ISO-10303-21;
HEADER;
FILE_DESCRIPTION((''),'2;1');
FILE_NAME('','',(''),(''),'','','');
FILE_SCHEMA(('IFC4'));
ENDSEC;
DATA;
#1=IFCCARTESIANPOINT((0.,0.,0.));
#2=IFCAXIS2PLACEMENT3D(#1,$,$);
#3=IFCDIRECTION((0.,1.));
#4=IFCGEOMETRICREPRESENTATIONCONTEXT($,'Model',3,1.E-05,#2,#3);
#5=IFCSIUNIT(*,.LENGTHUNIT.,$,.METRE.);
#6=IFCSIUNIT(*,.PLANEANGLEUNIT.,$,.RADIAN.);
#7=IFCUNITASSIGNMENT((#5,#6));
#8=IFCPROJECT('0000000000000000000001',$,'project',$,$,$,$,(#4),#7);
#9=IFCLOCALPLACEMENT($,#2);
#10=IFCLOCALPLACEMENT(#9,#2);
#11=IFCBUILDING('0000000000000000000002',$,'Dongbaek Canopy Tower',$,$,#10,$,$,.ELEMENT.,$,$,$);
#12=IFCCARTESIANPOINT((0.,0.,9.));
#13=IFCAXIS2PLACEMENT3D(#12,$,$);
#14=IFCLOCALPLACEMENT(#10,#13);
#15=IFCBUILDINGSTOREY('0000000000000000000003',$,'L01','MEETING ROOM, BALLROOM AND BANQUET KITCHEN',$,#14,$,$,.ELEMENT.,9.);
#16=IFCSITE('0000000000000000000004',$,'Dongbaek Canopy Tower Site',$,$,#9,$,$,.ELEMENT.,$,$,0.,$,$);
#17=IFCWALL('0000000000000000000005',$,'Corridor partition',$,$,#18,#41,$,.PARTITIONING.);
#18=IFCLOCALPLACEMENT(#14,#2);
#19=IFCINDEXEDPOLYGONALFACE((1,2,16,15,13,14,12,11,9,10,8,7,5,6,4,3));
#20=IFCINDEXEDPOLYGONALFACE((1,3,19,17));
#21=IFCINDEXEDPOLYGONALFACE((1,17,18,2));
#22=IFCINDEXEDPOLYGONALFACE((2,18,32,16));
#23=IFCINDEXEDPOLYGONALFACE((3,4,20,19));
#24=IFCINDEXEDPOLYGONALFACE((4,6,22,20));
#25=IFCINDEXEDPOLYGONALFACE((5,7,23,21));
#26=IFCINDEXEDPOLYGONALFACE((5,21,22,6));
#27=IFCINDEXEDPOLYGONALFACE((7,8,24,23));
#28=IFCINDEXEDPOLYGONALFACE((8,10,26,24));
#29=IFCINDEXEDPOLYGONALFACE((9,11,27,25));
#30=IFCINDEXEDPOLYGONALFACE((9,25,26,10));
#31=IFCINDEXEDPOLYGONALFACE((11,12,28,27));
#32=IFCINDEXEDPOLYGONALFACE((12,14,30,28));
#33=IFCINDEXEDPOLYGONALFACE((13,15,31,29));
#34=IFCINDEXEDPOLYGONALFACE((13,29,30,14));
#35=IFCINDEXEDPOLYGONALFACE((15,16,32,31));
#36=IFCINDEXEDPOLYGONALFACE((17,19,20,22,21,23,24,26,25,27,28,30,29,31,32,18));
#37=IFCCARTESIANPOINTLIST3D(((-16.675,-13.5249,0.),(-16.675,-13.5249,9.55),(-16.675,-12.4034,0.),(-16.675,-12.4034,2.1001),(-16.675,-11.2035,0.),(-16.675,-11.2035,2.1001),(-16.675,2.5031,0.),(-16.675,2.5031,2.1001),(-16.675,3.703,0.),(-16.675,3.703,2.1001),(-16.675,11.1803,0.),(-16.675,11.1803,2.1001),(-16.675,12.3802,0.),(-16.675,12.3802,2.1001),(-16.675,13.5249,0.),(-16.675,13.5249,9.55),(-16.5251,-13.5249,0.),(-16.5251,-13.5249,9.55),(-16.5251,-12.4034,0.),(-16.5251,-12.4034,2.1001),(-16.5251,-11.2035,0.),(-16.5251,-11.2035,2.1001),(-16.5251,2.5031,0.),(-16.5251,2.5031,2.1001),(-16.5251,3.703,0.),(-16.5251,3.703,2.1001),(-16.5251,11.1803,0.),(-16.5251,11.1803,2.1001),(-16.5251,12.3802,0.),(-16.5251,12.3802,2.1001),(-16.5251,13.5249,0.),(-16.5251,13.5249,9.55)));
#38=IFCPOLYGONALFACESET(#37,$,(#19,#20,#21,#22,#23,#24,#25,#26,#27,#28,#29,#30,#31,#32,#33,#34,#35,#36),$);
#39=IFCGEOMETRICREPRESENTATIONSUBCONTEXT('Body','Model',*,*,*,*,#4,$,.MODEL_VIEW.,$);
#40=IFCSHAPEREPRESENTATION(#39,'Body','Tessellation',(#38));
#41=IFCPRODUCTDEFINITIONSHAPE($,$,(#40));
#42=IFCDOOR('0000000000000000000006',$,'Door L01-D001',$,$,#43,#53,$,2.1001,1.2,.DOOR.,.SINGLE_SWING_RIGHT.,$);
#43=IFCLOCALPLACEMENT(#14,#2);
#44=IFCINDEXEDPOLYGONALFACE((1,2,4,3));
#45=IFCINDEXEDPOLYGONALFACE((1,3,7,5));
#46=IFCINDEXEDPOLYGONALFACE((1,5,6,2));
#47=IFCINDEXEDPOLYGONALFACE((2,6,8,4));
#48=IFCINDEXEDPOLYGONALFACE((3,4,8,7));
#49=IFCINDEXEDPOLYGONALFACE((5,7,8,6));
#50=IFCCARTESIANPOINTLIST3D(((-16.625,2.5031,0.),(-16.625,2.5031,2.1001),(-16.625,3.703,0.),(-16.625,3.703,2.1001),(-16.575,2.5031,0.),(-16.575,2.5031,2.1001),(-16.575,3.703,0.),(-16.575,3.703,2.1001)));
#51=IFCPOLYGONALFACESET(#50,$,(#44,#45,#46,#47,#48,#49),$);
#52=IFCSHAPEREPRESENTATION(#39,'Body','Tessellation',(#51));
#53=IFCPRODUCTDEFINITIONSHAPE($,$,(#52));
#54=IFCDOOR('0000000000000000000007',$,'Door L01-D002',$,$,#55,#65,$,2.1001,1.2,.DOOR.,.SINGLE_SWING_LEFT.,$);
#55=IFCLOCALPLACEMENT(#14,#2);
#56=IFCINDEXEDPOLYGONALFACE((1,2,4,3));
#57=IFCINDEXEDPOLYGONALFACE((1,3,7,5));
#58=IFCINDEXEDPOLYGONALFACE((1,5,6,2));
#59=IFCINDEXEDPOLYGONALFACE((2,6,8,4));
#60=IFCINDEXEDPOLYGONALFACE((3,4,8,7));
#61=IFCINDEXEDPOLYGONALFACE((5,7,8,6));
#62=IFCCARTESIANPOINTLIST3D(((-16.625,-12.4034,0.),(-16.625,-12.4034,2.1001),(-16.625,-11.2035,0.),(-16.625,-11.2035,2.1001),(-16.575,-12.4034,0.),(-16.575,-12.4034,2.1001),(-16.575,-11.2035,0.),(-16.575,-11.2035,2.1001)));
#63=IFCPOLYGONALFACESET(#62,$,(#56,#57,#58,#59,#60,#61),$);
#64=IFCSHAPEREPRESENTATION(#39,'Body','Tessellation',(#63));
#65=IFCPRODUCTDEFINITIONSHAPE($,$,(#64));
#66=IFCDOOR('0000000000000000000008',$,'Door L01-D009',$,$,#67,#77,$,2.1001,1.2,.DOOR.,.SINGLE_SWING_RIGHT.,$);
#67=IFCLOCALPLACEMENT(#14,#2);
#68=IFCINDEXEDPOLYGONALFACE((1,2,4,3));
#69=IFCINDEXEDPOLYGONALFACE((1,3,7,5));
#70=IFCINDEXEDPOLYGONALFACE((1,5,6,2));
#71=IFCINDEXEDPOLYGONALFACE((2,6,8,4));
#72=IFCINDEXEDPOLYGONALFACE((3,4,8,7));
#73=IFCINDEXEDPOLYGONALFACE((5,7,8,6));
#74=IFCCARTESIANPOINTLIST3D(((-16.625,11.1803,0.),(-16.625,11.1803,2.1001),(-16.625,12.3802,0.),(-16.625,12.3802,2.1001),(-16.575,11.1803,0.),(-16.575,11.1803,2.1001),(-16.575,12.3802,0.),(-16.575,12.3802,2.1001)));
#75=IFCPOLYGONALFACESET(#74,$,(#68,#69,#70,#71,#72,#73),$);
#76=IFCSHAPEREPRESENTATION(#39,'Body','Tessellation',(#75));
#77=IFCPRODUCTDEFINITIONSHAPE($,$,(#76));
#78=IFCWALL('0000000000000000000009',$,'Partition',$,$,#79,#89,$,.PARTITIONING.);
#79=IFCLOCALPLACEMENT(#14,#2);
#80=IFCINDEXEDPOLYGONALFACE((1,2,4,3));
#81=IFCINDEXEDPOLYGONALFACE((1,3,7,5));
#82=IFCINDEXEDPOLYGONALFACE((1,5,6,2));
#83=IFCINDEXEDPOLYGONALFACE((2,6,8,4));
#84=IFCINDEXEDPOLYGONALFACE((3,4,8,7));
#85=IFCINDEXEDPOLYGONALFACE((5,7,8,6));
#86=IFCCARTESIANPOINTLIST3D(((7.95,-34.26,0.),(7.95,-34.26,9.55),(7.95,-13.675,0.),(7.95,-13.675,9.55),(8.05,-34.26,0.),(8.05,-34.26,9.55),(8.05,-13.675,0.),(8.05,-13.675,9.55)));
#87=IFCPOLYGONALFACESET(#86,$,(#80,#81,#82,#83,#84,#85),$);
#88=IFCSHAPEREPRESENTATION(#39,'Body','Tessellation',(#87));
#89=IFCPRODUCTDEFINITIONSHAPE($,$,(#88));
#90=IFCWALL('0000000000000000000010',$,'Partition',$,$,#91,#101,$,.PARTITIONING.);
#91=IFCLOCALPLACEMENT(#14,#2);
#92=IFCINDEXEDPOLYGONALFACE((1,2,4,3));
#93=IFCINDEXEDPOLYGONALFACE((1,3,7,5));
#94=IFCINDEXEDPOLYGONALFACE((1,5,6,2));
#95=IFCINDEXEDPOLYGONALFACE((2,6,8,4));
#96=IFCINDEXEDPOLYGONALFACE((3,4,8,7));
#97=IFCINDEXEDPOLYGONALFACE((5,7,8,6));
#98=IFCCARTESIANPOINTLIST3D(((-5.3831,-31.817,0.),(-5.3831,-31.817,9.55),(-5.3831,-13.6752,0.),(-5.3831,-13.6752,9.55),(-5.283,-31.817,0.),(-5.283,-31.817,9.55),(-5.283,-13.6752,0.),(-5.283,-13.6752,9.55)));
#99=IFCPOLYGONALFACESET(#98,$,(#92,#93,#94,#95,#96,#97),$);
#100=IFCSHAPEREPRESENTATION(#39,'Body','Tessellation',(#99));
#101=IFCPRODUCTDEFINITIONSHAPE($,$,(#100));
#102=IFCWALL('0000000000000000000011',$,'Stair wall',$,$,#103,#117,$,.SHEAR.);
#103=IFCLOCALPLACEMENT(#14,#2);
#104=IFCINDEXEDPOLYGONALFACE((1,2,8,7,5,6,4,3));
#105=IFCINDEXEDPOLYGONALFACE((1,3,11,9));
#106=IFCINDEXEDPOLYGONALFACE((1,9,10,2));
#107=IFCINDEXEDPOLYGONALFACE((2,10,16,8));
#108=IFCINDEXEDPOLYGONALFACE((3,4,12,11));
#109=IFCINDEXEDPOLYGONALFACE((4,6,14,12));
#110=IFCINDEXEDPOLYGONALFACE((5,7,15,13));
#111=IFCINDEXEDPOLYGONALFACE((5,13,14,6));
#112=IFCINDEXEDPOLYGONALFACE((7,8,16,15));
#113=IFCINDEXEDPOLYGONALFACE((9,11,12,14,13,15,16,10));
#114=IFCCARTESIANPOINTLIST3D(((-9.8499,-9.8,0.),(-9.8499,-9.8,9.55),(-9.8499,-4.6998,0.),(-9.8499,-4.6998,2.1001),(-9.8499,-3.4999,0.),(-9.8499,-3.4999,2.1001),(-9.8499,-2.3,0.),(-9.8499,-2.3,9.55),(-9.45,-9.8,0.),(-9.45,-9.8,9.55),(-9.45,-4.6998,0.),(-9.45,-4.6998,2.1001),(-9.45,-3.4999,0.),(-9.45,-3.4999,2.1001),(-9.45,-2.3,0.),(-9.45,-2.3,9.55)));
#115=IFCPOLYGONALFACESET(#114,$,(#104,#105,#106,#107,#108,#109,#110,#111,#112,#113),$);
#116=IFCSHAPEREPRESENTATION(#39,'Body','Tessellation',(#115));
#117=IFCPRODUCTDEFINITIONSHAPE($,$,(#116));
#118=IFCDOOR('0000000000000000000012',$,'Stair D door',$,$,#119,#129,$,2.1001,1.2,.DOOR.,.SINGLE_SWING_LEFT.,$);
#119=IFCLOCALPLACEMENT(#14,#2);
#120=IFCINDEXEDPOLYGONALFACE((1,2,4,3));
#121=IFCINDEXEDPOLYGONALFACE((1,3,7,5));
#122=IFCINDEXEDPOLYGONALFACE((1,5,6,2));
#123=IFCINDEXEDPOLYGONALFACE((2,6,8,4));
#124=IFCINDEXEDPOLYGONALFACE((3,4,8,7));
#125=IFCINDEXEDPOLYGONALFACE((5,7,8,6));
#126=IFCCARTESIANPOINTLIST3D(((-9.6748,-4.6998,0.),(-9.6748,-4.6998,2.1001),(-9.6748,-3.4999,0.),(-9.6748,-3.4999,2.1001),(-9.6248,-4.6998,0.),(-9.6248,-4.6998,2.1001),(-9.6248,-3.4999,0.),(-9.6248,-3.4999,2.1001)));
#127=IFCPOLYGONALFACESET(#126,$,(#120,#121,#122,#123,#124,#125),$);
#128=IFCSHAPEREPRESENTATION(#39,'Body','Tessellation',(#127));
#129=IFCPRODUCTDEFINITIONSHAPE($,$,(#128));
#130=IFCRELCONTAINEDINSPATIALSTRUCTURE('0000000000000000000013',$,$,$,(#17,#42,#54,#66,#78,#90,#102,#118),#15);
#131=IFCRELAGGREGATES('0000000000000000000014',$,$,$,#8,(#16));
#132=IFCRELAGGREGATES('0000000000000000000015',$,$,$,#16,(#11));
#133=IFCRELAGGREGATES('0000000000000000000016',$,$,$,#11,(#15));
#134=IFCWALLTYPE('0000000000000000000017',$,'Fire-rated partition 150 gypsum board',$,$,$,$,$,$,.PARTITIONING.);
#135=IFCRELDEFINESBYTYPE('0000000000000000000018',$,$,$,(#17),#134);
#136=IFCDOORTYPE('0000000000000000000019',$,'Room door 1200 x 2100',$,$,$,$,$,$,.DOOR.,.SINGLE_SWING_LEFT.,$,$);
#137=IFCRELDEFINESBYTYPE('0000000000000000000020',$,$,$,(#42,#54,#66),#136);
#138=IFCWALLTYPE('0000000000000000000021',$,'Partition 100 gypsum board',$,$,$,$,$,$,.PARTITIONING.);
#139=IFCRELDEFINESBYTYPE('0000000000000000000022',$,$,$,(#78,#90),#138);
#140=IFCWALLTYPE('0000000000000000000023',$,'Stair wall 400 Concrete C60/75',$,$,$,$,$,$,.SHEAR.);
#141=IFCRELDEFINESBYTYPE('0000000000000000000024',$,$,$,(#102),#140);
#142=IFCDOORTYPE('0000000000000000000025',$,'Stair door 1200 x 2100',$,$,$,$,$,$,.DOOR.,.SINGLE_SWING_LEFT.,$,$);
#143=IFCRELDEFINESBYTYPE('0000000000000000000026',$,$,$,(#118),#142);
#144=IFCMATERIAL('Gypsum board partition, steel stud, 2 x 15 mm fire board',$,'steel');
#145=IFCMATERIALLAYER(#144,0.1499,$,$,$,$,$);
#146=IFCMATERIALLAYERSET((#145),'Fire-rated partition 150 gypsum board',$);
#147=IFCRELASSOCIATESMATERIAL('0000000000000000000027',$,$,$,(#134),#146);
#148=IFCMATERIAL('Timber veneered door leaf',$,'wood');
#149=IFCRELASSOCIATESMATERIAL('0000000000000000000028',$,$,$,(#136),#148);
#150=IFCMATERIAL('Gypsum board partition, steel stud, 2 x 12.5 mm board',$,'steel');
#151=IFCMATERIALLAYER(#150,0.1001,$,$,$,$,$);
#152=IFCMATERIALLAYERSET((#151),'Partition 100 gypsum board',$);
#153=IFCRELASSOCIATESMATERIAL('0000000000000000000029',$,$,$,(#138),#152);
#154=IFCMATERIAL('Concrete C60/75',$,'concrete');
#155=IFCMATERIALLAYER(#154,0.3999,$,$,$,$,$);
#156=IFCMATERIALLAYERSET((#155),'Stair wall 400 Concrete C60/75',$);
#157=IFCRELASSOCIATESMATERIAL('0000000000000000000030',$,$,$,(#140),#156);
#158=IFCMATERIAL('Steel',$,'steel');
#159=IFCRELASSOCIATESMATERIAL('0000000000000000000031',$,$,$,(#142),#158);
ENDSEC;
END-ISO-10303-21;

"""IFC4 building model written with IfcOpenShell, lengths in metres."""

from ifc_helpers import new_model, si_unit, direction, frame, frame_2d, origin, place, context, subcontext, project, spatial, rectangle, extrude, material, layer, layer_set, type_object, element, fill, save


model = new_model("IFC4")

# Units and contexts
model_context = context("Model", 3, precision=1e-05, world=origin(), true_north=direction((0.0, 1.0)))
body_context = subcontext(model_context, "Body", "Model", "MODEL_VIEW")
ifc_project = project(units=[si_unit("LENGTHUNIT", "METRE"), si_unit("PLANEANGLEUNIT", "RADIAN")], contexts=[model_context])

# Site, building, storey
site_placement = place(None, origin())
site = spatial("IfcSite", under=ifc_project, at=site_placement, Name="Dongbaek Canopy Tower Site", CompositionType="ELEMENT", RefElevation=0.0)
building_placement = place(site_placement, origin())
building = spatial("IfcBuilding", under=site, at=building_placement, Name="Dongbaek Canopy Tower", CompositionType="ELEMENT")
storey_placement = place(building_placement, frame((0.0, 0.0, 9.0)))
storey = spatial("IfcBuildingStorey", under=building, at=storey_placement, Name="L01", Description="MEETING ROOM, BALLROOM AND BANQUET KITCHEN", CompositionType="ELEMENT", Elevation=9.0)

# Wall, openings, doors
ifc_material_1 = material(Name="Gypsum board partition, steel stud, 2 x 15 mm fire board", Category="steel")
ifc_layer_1 = layer(ifc_material_1, 0.1499)
ifc_layer_set_1 = layer_set([ifc_layer_1], Name="Fire-rated partition 150 gypsum board")
wall_type_1 = type_object("IfcWallType", Name="Fire-rated partition 150 gypsum board", PredefinedType="PARTITIONING", material=ifc_layer_set_1)
wall_1_placement = place(storey_placement, frame((-16.6001, -13.5249, 0.0), z_axis=(0.0, 0.0, 1.0), x_axis=(0.0, 1.0, 0.0)))
wall_1 = element("IfcWall", 1, at=wall_1_placement, inside=storey, type_object=wall_type_1, Name="Corridor partition", PredefinedType="PARTITIONING", context=body_context, shape_type="SweptSolid", body=[
    extrude(rectangle(XDim=27.0498, YDim=0.1499, at=frame_2d((13.5249, 0.0))), origin(), (0.0, 0.0, 1.0), 9.55),
])
opening_1_placement = place(wall_1_placement, frame((16.0278, 0.0, 0.0)))
opening_1 = element("IfcOpeningElement", 2, at=opening_1_placement, cuts=wall_1, PredefinedType="OPENING", context=body_context, shape_type="SweptSolid", body=[
    extrude(rectangle(XDim=1.2, YDim=2.1001, at=frame_2d((0.6001, 1.05))), frame((0.0, 0.085, 0.0), z_axis=(0.0, -1.0, 0.0), x_axis=(1.0, 0.0, 0.0)), (0.0, 0.0, 1.0), 0.1699),
])
opening_2_placement = place(wall_1_placement, frame((1.1213, 0.0, 0.0)))
opening_2 = element("IfcOpeningElement", 3, at=opening_2_placement, cuts=wall_1, PredefinedType="OPENING", context=body_context, shape_type="SweptSolid", body=[
    extrude(rectangle(XDim=1.2, YDim=2.1001, at=frame_2d((0.6001, 1.05))), frame((0.0, 0.085, 0.0), z_axis=(0.0, -1.0, 0.0), x_axis=(1.0, 0.0, 0.0)), (0.0, 0.0, 1.0), 0.1699),
])
opening_3_placement = place(wall_1_placement, frame((24.7051, 0.0, 0.0)))
opening_3 = element("IfcOpeningElement", 4, at=opening_3_placement, cuts=wall_1, PredefinedType="OPENING", context=body_context, shape_type="SweptSolid", body=[
    extrude(rectangle(XDim=1.2, YDim=2.1001, at=frame_2d((0.6001, 1.05))), frame((0.0, 0.085, 0.0), z_axis=(0.0, -1.0, 0.0), x_axis=(1.0, 0.0, 0.0)), (0.0, 0.0, 1.0), 0.1699),
])
ifc_material_2 = material(Name="Timber veneered door leaf", Category="wood")
door_type_1 = type_object("IfcDoorType", Name="Room door 1200 x 2100", OperationType="SINGLE_SWING_LEFT", PredefinedType="DOOR", material=ifc_material_2)
door_1_placement = place(opening_1_placement, origin())
door_1 = element("IfcDoor", 5, at=door_1_placement, inside=storey, type_object=door_type_1, Name="Door L01-D001", OperationType="SINGLE_SWING_RIGHT", OverallHeight=2.1001, OverallWidth=1.2, PredefinedType="DOOR", context=body_context, shape_type="SweptSolid", body=[
    extrude(rectangle(XDim=1.2, YDim=2.1001, at=frame_2d((0.6001, 1.05))), frame((0.0, 0.0249, 0.0), z_axis=(0.0, -1.0, 0.0), x_axis=(1.0, 0.0, 0.0)), (0.0, 0.0, 1.0), 0.05),
])
fill(opening_1, door_1)
door_2_placement = place(opening_2_placement, origin())
door_2 = element("IfcDoor", 6, at=door_2_placement, inside=storey, type_object=door_type_1, Name="Door L01-D002", OperationType="SINGLE_SWING_LEFT", OverallHeight=2.1001, OverallWidth=1.2, PredefinedType="DOOR", context=body_context, shape_type="SweptSolid", body=[
    extrude(rectangle(XDim=1.2, YDim=2.1001, at=frame_2d((0.6001, 1.05))), frame((0.0, 0.0249, 0.0), z_axis=(0.0, -1.0, 0.0), x_axis=(1.0, 0.0, 0.0)), (0.0, 0.0, 1.0), 0.05),
])
fill(opening_2, door_2)
door_3_placement = place(opening_3_placement, origin())
door_3 = element("IfcDoor", 7, at=door_3_placement, inside=storey, type_object=door_type_1, Name="Door L01-D009", OperationType="SINGLE_SWING_RIGHT", OverallHeight=2.1001, OverallWidth=1.2, PredefinedType="DOOR", context=body_context, shape_type="SweptSolid", body=[
    extrude(rectangle(XDim=1.2, YDim=2.1001, at=frame_2d((0.6001, 1.05))), frame((0.0, 0.0249, 0.0), z_axis=(0.0, -1.0, 0.0), x_axis=(1.0, 0.0, 0.0)), (0.0, 0.0, 1.0), 0.05),
])
fill(opening_3, door_3)

# Walls
ifc_material_3 = material(Name="Gypsum board partition, steel stud, 2 x 12.5 mm board", Category="steel")
ifc_layer_2 = layer(ifc_material_3, 0.1001)
ifc_layer_set_2 = layer_set([ifc_layer_2], Name="Partition 100 gypsum board")
wall_type_2 = type_object("IfcWallType", Name="Partition 100 gypsum board", PredefinedType="PARTITIONING", material=ifc_layer_set_2)
wall_2_placement = place(storey_placement, frame((8.0, -34.26, 0.0), z_axis=(0.0, 0.0, 1.0), x_axis=(0.0, 1.0, 0.0)))
element("IfcWall", 8, at=wall_2_placement, inside=storey, type_object=wall_type_2, Name="Partition", PredefinedType="PARTITIONING", context=body_context, shape_type="SweptSolid", body=[
    extrude(rectangle(XDim=20.585, YDim=0.1001, at=frame_2d((10.2925, 0.0))), origin(), (0.0, 0.0, 1.0), 9.55),
])
wall_3_placement = place(storey_placement, frame((-5.333, -31.8169, 0.0), z_axis=(0.0, 0.0, 1.0), x_axis=(0.0, 1.0, 0.0)))
element("IfcWall", 9, at=wall_3_placement, inside=storey, type_object=wall_type_2, Name="Partition", PredefinedType="PARTITIONING", context=body_context, shape_type="SweptSolid", body=[
    extrude(rectangle(XDim=18.1418, YDim=0.1001, at=frame_2d((9.0708, 0.0))), origin(), (0.0, 0.0, 1.0), 9.55),
])

# Wall, opening, door
ifc_material_4 = material(Name="Concrete C60/75", Category="concrete")
ifc_layer_3 = layer(ifc_material_4, 0.3999)
ifc_layer_set_3 = layer_set([ifc_layer_3], Name="Stair wall 400 Concrete C60/75")
wall_type_3 = type_object("IfcWallType", Name="Stair wall 400 Concrete C60/75", PredefinedType="SHEAR", material=ifc_layer_set_3)
wall_4_placement = place(storey_placement, frame((-9.6499, -9.8, 0.0), z_axis=(0.0, 0.0, 1.0), x_axis=(0.0, 1.0, 0.0)))
wall_4 = element("IfcWall", 10, at=wall_4_placement, inside=storey, type_object=wall_type_3, Name="Stair wall", PredefinedType="SHEAR", context=body_context, shape_type="SweptSolid", body=[
    extrude(rectangle(XDim=7.5, YDim=0.3999, at=frame_2d((3.75, 0.0))), origin(), (0.0, 0.0, 1.0), 9.55),
])
opening_4_placement = place(wall_4_placement, frame((5.1001, 0.0, 0.0)))
opening_4 = element("IfcOpeningElement", 11, at=opening_4_placement, cuts=wall_4, PredefinedType="OPENING", context=body_context, shape_type="SweptSolid", body=[
    extrude(rectangle(XDim=1.2, YDim=2.1001, at=frame_2d((0.6001, 1.05))), frame((0.0, 0.21, 0.0), z_axis=(0.0, -1.0, 0.0), x_axis=(1.0, 0.0, 0.0)), (0.0, 0.0, 1.0), 0.4199),
])
ifc_material_5 = material(Name="Steel", Category="steel")
door_type_2 = type_object("IfcDoorType", Name="Stair door 1200 x 2100", OperationType="SINGLE_SWING_LEFT", PredefinedType="DOOR", material=ifc_material_5)
door_4_placement = place(opening_4_placement, origin())
door_4 = element("IfcDoor", 12, at=door_4_placement, inside=storey, type_object=door_type_2, Name="Stair D door", OperationType="SINGLE_SWING_LEFT", OverallHeight=2.1001, OverallWidth=1.2, PredefinedType="DOOR", context=body_context, shape_type="SweptSolid", body=[
    extrude(rectangle(XDim=1.2, YDim=2.1001, at=frame_2d((0.6001, 1.05))), frame((0.0, 0.0249, 0.0), z_axis=(0.0, -1.0, 0.0), x_axis=(1.0, 0.0, 0.0)), (0.0, 0.0, 1.0), 0.05),
])
fill(opening_4, door_4)

save(model, "model.ifc")
